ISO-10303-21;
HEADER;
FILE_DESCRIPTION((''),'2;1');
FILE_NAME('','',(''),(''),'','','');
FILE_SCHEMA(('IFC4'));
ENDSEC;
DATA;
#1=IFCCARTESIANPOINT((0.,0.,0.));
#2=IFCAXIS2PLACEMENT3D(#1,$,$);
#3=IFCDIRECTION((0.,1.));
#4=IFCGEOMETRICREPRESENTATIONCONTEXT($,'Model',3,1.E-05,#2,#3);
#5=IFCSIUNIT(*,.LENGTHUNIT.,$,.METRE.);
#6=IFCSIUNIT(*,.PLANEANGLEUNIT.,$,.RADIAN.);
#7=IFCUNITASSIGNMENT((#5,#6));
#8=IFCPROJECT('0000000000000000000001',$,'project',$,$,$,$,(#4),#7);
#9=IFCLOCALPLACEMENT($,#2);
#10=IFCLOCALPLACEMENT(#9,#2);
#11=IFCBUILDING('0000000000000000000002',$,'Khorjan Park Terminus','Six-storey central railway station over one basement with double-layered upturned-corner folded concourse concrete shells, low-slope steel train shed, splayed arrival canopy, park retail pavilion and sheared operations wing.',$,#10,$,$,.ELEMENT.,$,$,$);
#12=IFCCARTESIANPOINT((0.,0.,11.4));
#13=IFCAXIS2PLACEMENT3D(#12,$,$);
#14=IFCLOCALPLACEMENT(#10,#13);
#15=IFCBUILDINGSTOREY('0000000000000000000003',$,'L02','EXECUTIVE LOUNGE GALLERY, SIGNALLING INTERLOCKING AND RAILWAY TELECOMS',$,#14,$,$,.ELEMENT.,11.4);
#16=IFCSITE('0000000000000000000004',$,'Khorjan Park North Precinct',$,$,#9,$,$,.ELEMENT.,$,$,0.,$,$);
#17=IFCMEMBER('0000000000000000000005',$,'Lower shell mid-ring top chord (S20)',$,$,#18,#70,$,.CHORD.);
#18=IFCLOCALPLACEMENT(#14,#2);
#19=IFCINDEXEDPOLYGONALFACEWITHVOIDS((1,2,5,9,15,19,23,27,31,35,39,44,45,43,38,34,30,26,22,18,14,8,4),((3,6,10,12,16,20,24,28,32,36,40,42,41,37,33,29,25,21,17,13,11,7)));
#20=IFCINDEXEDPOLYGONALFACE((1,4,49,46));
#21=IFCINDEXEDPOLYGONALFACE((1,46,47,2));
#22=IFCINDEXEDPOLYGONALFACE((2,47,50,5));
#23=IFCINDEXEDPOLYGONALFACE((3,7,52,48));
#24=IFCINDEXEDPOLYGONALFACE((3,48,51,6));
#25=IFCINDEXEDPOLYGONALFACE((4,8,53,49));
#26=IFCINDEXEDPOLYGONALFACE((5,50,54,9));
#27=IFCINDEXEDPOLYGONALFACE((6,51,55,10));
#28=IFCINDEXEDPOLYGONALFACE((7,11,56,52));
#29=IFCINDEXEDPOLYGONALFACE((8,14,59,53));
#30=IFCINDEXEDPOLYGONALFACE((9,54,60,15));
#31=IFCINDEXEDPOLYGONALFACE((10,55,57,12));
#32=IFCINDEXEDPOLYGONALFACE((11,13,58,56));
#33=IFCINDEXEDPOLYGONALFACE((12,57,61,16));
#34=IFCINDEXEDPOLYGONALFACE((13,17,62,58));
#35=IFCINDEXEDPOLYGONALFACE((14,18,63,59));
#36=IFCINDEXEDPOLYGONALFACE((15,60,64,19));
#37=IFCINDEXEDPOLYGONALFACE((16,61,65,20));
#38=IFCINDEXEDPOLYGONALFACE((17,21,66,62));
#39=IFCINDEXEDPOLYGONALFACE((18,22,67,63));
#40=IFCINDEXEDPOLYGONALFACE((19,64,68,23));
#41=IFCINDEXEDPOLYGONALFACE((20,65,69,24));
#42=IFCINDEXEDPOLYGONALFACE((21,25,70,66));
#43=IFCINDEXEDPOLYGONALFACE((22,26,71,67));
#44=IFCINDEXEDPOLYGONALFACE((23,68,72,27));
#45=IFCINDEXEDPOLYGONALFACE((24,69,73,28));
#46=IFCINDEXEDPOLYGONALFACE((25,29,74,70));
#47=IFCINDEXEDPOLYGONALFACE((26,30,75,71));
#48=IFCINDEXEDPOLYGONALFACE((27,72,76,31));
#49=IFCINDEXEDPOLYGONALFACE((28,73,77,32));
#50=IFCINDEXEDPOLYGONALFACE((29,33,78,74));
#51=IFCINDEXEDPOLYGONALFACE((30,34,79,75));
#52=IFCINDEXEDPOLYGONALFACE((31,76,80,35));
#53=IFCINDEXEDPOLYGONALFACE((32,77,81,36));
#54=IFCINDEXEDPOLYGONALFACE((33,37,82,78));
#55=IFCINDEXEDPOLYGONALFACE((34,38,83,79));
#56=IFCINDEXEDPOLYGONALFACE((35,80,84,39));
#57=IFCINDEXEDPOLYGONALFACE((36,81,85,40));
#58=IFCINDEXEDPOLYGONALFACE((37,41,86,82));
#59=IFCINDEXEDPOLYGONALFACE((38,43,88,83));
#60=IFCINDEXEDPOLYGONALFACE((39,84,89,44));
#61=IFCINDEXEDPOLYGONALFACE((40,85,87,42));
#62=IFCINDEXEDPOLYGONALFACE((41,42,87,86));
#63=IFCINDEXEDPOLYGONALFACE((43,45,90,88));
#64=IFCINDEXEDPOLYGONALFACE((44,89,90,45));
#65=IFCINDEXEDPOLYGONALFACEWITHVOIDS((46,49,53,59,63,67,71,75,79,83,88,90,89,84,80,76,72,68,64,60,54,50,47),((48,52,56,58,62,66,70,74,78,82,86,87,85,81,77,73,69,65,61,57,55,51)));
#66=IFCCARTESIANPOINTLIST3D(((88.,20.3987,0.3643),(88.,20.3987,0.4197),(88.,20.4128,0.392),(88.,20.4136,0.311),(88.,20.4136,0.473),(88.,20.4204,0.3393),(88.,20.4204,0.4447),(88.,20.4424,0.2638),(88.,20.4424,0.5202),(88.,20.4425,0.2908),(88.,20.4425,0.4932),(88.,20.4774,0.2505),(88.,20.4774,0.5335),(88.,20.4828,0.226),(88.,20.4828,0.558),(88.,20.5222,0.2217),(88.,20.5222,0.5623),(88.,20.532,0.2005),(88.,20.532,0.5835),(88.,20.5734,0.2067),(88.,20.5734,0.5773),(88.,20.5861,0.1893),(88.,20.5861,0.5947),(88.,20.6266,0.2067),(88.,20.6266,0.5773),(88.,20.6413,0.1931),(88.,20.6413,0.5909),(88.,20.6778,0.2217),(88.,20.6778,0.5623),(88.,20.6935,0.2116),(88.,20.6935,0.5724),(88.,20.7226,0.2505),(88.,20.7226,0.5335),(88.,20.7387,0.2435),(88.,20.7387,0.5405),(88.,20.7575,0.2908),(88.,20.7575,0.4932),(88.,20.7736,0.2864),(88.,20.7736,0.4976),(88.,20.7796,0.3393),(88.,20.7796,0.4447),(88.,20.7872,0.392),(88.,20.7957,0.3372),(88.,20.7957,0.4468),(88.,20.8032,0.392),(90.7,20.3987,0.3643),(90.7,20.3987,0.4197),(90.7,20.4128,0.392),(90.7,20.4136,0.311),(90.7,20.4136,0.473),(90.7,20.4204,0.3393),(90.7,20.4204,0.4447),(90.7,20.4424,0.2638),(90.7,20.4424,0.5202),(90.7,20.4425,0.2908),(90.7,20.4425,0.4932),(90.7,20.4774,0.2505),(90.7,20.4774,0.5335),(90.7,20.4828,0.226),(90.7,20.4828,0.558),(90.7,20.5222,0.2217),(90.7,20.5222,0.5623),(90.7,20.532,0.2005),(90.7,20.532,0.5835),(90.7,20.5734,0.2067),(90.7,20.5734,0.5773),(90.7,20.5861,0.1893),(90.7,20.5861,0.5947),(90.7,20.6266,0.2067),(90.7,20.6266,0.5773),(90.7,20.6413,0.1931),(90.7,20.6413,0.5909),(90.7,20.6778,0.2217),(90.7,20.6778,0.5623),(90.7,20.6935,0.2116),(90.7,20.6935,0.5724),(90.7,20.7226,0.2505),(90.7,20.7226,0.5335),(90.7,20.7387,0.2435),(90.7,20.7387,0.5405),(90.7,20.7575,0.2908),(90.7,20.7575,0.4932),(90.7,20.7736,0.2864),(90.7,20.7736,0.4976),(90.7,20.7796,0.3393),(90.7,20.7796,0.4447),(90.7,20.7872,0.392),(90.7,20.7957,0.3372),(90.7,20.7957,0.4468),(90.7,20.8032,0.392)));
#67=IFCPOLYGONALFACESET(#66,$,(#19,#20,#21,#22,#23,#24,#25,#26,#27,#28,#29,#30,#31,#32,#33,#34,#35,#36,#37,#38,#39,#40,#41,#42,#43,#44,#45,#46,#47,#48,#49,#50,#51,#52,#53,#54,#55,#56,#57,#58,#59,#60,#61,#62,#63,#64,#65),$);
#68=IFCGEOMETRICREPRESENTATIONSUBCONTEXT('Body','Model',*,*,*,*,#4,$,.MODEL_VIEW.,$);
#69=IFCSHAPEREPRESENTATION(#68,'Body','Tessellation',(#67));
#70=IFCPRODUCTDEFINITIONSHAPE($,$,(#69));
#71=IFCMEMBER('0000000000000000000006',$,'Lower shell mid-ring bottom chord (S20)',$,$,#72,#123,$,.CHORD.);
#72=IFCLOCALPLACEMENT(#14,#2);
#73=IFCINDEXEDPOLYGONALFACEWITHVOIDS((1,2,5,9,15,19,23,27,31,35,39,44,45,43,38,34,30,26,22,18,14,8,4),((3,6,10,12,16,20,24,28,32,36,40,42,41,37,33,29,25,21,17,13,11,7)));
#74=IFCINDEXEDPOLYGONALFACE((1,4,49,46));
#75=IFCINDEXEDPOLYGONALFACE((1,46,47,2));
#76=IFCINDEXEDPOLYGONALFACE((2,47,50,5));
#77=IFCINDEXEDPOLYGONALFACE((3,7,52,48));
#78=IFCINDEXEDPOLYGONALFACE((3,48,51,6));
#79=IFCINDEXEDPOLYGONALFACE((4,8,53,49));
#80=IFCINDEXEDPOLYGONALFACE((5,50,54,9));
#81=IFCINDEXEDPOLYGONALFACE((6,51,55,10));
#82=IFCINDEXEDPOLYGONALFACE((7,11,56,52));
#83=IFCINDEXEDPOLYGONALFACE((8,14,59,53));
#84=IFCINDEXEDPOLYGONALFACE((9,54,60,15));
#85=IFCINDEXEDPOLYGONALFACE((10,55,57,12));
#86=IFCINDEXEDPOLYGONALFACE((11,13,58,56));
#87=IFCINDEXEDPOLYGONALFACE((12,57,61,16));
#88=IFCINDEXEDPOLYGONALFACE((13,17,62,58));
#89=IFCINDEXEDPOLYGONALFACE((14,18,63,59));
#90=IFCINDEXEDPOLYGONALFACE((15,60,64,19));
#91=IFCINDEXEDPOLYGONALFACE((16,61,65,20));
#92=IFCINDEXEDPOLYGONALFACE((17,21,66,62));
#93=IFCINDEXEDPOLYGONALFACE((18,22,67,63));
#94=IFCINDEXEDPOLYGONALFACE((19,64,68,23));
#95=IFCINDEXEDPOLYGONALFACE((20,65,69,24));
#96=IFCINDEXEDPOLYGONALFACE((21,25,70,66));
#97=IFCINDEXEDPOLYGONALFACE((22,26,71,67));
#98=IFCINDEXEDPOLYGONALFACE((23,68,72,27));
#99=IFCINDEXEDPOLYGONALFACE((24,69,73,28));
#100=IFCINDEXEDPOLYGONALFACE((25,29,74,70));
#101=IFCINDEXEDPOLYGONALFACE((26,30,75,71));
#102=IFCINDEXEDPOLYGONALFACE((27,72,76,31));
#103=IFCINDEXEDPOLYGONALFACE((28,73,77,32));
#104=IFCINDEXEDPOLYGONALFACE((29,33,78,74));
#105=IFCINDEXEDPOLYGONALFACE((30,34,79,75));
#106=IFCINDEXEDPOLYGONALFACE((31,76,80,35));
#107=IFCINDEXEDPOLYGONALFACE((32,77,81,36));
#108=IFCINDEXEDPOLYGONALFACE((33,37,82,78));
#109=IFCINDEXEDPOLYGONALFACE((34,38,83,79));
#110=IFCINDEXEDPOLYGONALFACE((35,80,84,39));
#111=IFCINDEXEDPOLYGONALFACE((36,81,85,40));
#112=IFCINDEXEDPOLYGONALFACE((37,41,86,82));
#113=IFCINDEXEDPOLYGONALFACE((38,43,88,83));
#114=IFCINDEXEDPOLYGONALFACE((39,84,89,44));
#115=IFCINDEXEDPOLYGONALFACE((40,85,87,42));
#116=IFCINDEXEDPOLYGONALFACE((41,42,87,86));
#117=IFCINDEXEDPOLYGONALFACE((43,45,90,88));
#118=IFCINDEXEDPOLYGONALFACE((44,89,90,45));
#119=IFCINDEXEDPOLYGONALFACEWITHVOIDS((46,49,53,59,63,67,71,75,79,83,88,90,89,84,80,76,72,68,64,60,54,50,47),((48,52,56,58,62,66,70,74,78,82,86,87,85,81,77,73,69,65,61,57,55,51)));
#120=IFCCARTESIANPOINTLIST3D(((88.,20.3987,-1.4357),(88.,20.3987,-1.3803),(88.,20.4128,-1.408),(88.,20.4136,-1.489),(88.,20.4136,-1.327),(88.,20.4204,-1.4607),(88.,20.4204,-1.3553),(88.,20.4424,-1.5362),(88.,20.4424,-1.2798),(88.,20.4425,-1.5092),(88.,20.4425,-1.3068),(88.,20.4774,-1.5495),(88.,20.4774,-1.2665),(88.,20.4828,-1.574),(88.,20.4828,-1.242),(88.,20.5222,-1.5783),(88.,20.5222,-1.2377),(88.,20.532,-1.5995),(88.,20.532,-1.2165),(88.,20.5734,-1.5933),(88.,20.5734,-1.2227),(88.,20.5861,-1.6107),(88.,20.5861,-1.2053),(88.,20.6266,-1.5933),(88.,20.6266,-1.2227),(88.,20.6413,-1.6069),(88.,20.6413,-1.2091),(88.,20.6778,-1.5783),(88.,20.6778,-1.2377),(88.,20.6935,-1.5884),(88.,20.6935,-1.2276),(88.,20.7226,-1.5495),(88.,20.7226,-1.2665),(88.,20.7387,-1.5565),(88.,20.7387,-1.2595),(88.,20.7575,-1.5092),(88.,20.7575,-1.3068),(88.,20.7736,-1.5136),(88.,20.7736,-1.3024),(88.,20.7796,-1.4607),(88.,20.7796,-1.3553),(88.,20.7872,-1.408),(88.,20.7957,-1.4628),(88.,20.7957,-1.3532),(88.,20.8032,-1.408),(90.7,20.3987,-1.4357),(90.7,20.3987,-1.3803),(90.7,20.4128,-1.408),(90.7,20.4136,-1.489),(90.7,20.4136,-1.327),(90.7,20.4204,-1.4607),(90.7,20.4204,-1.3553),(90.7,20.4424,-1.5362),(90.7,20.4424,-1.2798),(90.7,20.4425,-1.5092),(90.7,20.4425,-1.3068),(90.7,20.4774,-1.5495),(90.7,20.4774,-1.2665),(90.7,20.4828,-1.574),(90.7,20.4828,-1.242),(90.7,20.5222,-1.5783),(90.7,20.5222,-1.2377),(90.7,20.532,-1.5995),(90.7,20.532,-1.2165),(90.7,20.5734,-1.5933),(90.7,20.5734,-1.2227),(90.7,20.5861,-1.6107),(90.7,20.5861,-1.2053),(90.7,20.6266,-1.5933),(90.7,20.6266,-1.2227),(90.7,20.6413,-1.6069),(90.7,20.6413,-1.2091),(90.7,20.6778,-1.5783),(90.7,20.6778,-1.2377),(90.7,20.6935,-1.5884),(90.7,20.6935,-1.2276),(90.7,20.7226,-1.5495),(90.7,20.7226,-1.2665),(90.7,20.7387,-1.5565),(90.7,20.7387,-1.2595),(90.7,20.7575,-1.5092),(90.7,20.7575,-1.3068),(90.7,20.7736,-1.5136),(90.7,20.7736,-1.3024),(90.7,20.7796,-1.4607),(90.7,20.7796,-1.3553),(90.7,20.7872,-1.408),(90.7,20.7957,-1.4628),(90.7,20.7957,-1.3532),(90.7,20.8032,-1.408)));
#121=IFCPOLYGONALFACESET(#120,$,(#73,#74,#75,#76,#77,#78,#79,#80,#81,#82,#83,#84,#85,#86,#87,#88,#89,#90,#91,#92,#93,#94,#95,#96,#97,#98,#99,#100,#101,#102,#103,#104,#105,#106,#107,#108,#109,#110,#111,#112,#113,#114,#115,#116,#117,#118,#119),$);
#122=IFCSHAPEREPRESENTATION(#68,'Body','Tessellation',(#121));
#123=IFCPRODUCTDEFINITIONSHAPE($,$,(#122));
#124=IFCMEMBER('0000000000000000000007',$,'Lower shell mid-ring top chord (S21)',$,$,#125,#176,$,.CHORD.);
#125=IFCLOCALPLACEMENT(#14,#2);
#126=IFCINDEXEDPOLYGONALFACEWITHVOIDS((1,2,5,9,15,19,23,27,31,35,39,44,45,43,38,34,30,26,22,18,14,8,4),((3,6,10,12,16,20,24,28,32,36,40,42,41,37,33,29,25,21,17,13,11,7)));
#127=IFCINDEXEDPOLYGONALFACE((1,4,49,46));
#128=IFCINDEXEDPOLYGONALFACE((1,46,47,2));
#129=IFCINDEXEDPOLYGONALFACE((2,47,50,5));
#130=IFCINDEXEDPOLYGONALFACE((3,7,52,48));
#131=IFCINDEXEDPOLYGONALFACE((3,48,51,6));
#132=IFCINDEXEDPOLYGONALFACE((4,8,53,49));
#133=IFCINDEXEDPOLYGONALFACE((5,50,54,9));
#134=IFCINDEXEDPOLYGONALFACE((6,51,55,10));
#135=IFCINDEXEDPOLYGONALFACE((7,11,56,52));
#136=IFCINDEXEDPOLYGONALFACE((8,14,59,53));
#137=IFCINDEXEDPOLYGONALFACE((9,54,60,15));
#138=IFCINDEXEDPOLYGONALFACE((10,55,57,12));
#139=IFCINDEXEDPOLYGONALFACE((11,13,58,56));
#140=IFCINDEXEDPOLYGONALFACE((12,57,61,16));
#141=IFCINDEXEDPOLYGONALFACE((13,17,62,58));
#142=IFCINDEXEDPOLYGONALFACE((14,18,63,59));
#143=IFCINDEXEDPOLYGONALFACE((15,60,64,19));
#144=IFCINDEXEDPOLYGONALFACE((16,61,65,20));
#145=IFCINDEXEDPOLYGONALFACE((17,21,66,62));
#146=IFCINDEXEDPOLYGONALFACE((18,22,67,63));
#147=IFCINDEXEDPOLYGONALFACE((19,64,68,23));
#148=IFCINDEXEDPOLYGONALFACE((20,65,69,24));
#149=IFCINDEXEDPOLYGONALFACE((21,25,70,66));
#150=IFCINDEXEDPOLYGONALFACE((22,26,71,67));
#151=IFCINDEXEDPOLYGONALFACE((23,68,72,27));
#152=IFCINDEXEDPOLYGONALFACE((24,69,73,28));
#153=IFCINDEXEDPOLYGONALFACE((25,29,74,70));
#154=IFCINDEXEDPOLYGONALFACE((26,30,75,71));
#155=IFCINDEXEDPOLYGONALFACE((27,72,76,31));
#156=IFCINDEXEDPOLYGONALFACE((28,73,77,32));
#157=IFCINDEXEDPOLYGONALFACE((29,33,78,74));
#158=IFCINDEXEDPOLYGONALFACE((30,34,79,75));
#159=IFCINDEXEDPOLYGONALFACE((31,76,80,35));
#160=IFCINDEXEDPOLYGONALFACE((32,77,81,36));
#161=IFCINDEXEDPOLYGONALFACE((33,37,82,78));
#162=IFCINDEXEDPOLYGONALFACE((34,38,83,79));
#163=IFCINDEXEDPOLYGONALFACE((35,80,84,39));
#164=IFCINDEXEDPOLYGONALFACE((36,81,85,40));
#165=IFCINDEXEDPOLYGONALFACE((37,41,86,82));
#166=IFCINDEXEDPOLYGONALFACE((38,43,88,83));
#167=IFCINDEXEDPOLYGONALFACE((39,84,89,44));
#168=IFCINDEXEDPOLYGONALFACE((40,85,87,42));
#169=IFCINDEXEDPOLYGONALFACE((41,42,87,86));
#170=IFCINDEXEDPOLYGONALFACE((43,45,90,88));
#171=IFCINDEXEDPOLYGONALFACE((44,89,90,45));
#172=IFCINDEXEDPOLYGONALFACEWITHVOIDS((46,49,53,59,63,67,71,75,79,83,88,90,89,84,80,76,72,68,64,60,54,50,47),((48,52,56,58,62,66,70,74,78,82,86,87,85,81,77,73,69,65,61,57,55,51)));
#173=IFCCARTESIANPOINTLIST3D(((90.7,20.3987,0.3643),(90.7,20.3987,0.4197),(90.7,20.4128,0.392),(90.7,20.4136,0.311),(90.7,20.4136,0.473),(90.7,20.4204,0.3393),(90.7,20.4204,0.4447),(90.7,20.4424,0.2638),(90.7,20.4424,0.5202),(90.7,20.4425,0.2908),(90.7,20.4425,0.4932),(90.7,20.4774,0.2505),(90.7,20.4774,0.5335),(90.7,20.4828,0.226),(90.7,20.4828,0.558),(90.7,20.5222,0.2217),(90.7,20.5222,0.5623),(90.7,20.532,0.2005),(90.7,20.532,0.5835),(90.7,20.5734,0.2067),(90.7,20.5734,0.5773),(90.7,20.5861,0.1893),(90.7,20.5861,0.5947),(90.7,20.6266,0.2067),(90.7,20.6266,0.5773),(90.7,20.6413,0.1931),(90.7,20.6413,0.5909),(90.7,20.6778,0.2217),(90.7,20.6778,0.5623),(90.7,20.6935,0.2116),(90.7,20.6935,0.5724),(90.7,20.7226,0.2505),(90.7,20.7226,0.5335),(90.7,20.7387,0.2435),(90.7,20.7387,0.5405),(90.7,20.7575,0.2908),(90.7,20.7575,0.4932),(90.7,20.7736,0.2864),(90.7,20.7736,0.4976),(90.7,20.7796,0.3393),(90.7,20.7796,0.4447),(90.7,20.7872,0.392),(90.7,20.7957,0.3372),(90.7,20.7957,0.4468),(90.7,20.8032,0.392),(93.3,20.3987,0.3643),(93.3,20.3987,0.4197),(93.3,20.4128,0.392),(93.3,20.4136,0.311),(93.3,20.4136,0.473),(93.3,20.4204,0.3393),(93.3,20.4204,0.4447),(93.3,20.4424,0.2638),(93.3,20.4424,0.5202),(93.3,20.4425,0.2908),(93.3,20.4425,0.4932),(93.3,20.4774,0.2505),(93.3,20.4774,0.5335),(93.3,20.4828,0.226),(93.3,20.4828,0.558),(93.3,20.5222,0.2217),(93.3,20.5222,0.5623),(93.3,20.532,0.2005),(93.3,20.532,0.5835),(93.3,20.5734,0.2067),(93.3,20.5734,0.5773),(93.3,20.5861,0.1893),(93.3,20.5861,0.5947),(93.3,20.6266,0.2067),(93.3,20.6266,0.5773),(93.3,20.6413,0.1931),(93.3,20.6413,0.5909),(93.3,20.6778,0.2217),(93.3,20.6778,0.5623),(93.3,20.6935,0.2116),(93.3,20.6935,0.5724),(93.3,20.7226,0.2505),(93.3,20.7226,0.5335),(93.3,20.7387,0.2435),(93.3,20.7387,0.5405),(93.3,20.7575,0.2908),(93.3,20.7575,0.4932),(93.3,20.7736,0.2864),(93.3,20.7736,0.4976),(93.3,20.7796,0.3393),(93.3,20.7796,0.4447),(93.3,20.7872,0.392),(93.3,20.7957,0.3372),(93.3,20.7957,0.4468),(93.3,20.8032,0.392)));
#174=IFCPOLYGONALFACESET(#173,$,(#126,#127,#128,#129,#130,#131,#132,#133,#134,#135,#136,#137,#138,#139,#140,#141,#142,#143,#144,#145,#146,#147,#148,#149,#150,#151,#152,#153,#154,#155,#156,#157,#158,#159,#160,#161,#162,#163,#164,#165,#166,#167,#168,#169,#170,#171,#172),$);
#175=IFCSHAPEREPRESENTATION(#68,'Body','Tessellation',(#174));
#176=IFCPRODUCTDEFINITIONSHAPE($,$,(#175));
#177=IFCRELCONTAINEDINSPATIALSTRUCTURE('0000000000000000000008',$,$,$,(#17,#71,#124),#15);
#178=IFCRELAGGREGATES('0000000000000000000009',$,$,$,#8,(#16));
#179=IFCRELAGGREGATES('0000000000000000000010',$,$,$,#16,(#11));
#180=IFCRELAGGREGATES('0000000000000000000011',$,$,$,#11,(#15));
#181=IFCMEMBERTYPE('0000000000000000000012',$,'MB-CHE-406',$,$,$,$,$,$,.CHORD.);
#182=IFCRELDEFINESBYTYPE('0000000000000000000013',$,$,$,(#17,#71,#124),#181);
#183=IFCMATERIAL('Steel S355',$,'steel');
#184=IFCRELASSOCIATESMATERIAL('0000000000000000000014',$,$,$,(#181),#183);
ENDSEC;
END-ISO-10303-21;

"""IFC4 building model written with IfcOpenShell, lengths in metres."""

from ifc_helpers import new_model, si_unit, direction, frame, origin, origin_2d, place, context, subcontext, project, spatial, hollow_circle, extrude, material, material_profile, profile_set, type_object, element, save


model = new_model("IFC4")

# Units and contexts
model_context = context("Model", 3, precision=1e-05, world=origin(), true_north=direction((0.0, 1.0)))
body_context = subcontext(model_context, "Body", "Model", "MODEL_VIEW")
ifc_project = project(units=[si_unit("LENGTHUNIT", "METRE"), si_unit("PLANEANGLEUNIT", "RADIAN")], contexts=[model_context])

# Site, building, storey
site_placement = place(None, origin())
site = spatial("IfcSite", under=ifc_project, at=site_placement, Name="Khorjan Park North Precinct", CompositionType="ELEMENT", RefElevation=0.0)
building_placement = place(site_placement, origin())
building = spatial("IfcBuilding", under=site, at=building_placement, Name="Khorjan Park Terminus", Description="Six-storey central railway station over one basement with double-layered upturned-corner folded concourse concrete shells, low-slope steel train shed, splayed arrival canopy, park retail pavilion and sheared operations wing.", CompositionType="ELEMENT")
storey_placement = place(building_placement, frame((0.0, 0.0, 11.4)))
storey = spatial("IfcBuildingStorey", under=building, at=storey_placement, Name="L02", Description="EXECUTIVE LOUNGE GALLERY, SIGNALLING INTERLOCKING AND RAILWAY TELECOMS", CompositionType="ELEMENT", Elevation=11.4)

# Members
ifc_material_1 = material(Name="Steel S355", Category="steel")
ifc_material_profile_1 = material_profile(ifc_material_1, hollow_circle(Radius=0.2032, WallThickness=0.016, at=origin_2d()), Name="CHS 406.4x16")
ifc_profile_set_1 = profile_set([ifc_material_profile_1], Name="Steel S355")
member_type_1 = type_object("IfcMemberType", Name="MB-CHE-406", PredefinedType="CHORD", material=ifc_profile_set_1)
for number, where, z_axis, x_axis, name in (
    (1, (88.0, 20.6, 0.392), (1.0, 0.0, 0.0), (0.0, 1.0, 0.0), "Lower shell mid-ring top chord (S20)"),
    (2, (88.0, 20.6, -1.408), (1.0, 0.0, 0.0), (0.0, 1.0, 0.0), "Lower shell mid-ring bottom chord (S20)"),
):
    element("IfcMember", number, at=place(storey_placement, frame(where, z_axis=z_axis, x_axis=x_axis)), inside=storey, type_object=member_type_1, Name=name, PredefinedType="CHORD", context=body_context, shape_type="SweptSolid", body=[
        extrude(hollow_circle(Radius=0.2032, WallThickness=0.016, at=origin_2d()), origin(), (0.0, 0.0, 1.0), 2.7),
    ])
for number, where, z_axis, x_axis, name in (
    (3, (90.7, 20.6, 0.392), (1.0, 0.0, 0.0), (0.0, 1.0, 0.0), "Lower shell mid-ring top chord (S21)"),
):
    element("IfcMember", number, at=place(storey_placement, frame(where, z_axis=z_axis, x_axis=x_axis)), inside=storey, type_object=member_type_1, Name=name, PredefinedType="CHORD", context=body_context, shape_type="SweptSolid", body=[
        extrude(hollow_circle(Radius=0.2032, WallThickness=0.016, at=origin_2d()), origin(), (0.0, 0.0, 1.0), 2.6),
    ])

save(model, "model.ifc")
